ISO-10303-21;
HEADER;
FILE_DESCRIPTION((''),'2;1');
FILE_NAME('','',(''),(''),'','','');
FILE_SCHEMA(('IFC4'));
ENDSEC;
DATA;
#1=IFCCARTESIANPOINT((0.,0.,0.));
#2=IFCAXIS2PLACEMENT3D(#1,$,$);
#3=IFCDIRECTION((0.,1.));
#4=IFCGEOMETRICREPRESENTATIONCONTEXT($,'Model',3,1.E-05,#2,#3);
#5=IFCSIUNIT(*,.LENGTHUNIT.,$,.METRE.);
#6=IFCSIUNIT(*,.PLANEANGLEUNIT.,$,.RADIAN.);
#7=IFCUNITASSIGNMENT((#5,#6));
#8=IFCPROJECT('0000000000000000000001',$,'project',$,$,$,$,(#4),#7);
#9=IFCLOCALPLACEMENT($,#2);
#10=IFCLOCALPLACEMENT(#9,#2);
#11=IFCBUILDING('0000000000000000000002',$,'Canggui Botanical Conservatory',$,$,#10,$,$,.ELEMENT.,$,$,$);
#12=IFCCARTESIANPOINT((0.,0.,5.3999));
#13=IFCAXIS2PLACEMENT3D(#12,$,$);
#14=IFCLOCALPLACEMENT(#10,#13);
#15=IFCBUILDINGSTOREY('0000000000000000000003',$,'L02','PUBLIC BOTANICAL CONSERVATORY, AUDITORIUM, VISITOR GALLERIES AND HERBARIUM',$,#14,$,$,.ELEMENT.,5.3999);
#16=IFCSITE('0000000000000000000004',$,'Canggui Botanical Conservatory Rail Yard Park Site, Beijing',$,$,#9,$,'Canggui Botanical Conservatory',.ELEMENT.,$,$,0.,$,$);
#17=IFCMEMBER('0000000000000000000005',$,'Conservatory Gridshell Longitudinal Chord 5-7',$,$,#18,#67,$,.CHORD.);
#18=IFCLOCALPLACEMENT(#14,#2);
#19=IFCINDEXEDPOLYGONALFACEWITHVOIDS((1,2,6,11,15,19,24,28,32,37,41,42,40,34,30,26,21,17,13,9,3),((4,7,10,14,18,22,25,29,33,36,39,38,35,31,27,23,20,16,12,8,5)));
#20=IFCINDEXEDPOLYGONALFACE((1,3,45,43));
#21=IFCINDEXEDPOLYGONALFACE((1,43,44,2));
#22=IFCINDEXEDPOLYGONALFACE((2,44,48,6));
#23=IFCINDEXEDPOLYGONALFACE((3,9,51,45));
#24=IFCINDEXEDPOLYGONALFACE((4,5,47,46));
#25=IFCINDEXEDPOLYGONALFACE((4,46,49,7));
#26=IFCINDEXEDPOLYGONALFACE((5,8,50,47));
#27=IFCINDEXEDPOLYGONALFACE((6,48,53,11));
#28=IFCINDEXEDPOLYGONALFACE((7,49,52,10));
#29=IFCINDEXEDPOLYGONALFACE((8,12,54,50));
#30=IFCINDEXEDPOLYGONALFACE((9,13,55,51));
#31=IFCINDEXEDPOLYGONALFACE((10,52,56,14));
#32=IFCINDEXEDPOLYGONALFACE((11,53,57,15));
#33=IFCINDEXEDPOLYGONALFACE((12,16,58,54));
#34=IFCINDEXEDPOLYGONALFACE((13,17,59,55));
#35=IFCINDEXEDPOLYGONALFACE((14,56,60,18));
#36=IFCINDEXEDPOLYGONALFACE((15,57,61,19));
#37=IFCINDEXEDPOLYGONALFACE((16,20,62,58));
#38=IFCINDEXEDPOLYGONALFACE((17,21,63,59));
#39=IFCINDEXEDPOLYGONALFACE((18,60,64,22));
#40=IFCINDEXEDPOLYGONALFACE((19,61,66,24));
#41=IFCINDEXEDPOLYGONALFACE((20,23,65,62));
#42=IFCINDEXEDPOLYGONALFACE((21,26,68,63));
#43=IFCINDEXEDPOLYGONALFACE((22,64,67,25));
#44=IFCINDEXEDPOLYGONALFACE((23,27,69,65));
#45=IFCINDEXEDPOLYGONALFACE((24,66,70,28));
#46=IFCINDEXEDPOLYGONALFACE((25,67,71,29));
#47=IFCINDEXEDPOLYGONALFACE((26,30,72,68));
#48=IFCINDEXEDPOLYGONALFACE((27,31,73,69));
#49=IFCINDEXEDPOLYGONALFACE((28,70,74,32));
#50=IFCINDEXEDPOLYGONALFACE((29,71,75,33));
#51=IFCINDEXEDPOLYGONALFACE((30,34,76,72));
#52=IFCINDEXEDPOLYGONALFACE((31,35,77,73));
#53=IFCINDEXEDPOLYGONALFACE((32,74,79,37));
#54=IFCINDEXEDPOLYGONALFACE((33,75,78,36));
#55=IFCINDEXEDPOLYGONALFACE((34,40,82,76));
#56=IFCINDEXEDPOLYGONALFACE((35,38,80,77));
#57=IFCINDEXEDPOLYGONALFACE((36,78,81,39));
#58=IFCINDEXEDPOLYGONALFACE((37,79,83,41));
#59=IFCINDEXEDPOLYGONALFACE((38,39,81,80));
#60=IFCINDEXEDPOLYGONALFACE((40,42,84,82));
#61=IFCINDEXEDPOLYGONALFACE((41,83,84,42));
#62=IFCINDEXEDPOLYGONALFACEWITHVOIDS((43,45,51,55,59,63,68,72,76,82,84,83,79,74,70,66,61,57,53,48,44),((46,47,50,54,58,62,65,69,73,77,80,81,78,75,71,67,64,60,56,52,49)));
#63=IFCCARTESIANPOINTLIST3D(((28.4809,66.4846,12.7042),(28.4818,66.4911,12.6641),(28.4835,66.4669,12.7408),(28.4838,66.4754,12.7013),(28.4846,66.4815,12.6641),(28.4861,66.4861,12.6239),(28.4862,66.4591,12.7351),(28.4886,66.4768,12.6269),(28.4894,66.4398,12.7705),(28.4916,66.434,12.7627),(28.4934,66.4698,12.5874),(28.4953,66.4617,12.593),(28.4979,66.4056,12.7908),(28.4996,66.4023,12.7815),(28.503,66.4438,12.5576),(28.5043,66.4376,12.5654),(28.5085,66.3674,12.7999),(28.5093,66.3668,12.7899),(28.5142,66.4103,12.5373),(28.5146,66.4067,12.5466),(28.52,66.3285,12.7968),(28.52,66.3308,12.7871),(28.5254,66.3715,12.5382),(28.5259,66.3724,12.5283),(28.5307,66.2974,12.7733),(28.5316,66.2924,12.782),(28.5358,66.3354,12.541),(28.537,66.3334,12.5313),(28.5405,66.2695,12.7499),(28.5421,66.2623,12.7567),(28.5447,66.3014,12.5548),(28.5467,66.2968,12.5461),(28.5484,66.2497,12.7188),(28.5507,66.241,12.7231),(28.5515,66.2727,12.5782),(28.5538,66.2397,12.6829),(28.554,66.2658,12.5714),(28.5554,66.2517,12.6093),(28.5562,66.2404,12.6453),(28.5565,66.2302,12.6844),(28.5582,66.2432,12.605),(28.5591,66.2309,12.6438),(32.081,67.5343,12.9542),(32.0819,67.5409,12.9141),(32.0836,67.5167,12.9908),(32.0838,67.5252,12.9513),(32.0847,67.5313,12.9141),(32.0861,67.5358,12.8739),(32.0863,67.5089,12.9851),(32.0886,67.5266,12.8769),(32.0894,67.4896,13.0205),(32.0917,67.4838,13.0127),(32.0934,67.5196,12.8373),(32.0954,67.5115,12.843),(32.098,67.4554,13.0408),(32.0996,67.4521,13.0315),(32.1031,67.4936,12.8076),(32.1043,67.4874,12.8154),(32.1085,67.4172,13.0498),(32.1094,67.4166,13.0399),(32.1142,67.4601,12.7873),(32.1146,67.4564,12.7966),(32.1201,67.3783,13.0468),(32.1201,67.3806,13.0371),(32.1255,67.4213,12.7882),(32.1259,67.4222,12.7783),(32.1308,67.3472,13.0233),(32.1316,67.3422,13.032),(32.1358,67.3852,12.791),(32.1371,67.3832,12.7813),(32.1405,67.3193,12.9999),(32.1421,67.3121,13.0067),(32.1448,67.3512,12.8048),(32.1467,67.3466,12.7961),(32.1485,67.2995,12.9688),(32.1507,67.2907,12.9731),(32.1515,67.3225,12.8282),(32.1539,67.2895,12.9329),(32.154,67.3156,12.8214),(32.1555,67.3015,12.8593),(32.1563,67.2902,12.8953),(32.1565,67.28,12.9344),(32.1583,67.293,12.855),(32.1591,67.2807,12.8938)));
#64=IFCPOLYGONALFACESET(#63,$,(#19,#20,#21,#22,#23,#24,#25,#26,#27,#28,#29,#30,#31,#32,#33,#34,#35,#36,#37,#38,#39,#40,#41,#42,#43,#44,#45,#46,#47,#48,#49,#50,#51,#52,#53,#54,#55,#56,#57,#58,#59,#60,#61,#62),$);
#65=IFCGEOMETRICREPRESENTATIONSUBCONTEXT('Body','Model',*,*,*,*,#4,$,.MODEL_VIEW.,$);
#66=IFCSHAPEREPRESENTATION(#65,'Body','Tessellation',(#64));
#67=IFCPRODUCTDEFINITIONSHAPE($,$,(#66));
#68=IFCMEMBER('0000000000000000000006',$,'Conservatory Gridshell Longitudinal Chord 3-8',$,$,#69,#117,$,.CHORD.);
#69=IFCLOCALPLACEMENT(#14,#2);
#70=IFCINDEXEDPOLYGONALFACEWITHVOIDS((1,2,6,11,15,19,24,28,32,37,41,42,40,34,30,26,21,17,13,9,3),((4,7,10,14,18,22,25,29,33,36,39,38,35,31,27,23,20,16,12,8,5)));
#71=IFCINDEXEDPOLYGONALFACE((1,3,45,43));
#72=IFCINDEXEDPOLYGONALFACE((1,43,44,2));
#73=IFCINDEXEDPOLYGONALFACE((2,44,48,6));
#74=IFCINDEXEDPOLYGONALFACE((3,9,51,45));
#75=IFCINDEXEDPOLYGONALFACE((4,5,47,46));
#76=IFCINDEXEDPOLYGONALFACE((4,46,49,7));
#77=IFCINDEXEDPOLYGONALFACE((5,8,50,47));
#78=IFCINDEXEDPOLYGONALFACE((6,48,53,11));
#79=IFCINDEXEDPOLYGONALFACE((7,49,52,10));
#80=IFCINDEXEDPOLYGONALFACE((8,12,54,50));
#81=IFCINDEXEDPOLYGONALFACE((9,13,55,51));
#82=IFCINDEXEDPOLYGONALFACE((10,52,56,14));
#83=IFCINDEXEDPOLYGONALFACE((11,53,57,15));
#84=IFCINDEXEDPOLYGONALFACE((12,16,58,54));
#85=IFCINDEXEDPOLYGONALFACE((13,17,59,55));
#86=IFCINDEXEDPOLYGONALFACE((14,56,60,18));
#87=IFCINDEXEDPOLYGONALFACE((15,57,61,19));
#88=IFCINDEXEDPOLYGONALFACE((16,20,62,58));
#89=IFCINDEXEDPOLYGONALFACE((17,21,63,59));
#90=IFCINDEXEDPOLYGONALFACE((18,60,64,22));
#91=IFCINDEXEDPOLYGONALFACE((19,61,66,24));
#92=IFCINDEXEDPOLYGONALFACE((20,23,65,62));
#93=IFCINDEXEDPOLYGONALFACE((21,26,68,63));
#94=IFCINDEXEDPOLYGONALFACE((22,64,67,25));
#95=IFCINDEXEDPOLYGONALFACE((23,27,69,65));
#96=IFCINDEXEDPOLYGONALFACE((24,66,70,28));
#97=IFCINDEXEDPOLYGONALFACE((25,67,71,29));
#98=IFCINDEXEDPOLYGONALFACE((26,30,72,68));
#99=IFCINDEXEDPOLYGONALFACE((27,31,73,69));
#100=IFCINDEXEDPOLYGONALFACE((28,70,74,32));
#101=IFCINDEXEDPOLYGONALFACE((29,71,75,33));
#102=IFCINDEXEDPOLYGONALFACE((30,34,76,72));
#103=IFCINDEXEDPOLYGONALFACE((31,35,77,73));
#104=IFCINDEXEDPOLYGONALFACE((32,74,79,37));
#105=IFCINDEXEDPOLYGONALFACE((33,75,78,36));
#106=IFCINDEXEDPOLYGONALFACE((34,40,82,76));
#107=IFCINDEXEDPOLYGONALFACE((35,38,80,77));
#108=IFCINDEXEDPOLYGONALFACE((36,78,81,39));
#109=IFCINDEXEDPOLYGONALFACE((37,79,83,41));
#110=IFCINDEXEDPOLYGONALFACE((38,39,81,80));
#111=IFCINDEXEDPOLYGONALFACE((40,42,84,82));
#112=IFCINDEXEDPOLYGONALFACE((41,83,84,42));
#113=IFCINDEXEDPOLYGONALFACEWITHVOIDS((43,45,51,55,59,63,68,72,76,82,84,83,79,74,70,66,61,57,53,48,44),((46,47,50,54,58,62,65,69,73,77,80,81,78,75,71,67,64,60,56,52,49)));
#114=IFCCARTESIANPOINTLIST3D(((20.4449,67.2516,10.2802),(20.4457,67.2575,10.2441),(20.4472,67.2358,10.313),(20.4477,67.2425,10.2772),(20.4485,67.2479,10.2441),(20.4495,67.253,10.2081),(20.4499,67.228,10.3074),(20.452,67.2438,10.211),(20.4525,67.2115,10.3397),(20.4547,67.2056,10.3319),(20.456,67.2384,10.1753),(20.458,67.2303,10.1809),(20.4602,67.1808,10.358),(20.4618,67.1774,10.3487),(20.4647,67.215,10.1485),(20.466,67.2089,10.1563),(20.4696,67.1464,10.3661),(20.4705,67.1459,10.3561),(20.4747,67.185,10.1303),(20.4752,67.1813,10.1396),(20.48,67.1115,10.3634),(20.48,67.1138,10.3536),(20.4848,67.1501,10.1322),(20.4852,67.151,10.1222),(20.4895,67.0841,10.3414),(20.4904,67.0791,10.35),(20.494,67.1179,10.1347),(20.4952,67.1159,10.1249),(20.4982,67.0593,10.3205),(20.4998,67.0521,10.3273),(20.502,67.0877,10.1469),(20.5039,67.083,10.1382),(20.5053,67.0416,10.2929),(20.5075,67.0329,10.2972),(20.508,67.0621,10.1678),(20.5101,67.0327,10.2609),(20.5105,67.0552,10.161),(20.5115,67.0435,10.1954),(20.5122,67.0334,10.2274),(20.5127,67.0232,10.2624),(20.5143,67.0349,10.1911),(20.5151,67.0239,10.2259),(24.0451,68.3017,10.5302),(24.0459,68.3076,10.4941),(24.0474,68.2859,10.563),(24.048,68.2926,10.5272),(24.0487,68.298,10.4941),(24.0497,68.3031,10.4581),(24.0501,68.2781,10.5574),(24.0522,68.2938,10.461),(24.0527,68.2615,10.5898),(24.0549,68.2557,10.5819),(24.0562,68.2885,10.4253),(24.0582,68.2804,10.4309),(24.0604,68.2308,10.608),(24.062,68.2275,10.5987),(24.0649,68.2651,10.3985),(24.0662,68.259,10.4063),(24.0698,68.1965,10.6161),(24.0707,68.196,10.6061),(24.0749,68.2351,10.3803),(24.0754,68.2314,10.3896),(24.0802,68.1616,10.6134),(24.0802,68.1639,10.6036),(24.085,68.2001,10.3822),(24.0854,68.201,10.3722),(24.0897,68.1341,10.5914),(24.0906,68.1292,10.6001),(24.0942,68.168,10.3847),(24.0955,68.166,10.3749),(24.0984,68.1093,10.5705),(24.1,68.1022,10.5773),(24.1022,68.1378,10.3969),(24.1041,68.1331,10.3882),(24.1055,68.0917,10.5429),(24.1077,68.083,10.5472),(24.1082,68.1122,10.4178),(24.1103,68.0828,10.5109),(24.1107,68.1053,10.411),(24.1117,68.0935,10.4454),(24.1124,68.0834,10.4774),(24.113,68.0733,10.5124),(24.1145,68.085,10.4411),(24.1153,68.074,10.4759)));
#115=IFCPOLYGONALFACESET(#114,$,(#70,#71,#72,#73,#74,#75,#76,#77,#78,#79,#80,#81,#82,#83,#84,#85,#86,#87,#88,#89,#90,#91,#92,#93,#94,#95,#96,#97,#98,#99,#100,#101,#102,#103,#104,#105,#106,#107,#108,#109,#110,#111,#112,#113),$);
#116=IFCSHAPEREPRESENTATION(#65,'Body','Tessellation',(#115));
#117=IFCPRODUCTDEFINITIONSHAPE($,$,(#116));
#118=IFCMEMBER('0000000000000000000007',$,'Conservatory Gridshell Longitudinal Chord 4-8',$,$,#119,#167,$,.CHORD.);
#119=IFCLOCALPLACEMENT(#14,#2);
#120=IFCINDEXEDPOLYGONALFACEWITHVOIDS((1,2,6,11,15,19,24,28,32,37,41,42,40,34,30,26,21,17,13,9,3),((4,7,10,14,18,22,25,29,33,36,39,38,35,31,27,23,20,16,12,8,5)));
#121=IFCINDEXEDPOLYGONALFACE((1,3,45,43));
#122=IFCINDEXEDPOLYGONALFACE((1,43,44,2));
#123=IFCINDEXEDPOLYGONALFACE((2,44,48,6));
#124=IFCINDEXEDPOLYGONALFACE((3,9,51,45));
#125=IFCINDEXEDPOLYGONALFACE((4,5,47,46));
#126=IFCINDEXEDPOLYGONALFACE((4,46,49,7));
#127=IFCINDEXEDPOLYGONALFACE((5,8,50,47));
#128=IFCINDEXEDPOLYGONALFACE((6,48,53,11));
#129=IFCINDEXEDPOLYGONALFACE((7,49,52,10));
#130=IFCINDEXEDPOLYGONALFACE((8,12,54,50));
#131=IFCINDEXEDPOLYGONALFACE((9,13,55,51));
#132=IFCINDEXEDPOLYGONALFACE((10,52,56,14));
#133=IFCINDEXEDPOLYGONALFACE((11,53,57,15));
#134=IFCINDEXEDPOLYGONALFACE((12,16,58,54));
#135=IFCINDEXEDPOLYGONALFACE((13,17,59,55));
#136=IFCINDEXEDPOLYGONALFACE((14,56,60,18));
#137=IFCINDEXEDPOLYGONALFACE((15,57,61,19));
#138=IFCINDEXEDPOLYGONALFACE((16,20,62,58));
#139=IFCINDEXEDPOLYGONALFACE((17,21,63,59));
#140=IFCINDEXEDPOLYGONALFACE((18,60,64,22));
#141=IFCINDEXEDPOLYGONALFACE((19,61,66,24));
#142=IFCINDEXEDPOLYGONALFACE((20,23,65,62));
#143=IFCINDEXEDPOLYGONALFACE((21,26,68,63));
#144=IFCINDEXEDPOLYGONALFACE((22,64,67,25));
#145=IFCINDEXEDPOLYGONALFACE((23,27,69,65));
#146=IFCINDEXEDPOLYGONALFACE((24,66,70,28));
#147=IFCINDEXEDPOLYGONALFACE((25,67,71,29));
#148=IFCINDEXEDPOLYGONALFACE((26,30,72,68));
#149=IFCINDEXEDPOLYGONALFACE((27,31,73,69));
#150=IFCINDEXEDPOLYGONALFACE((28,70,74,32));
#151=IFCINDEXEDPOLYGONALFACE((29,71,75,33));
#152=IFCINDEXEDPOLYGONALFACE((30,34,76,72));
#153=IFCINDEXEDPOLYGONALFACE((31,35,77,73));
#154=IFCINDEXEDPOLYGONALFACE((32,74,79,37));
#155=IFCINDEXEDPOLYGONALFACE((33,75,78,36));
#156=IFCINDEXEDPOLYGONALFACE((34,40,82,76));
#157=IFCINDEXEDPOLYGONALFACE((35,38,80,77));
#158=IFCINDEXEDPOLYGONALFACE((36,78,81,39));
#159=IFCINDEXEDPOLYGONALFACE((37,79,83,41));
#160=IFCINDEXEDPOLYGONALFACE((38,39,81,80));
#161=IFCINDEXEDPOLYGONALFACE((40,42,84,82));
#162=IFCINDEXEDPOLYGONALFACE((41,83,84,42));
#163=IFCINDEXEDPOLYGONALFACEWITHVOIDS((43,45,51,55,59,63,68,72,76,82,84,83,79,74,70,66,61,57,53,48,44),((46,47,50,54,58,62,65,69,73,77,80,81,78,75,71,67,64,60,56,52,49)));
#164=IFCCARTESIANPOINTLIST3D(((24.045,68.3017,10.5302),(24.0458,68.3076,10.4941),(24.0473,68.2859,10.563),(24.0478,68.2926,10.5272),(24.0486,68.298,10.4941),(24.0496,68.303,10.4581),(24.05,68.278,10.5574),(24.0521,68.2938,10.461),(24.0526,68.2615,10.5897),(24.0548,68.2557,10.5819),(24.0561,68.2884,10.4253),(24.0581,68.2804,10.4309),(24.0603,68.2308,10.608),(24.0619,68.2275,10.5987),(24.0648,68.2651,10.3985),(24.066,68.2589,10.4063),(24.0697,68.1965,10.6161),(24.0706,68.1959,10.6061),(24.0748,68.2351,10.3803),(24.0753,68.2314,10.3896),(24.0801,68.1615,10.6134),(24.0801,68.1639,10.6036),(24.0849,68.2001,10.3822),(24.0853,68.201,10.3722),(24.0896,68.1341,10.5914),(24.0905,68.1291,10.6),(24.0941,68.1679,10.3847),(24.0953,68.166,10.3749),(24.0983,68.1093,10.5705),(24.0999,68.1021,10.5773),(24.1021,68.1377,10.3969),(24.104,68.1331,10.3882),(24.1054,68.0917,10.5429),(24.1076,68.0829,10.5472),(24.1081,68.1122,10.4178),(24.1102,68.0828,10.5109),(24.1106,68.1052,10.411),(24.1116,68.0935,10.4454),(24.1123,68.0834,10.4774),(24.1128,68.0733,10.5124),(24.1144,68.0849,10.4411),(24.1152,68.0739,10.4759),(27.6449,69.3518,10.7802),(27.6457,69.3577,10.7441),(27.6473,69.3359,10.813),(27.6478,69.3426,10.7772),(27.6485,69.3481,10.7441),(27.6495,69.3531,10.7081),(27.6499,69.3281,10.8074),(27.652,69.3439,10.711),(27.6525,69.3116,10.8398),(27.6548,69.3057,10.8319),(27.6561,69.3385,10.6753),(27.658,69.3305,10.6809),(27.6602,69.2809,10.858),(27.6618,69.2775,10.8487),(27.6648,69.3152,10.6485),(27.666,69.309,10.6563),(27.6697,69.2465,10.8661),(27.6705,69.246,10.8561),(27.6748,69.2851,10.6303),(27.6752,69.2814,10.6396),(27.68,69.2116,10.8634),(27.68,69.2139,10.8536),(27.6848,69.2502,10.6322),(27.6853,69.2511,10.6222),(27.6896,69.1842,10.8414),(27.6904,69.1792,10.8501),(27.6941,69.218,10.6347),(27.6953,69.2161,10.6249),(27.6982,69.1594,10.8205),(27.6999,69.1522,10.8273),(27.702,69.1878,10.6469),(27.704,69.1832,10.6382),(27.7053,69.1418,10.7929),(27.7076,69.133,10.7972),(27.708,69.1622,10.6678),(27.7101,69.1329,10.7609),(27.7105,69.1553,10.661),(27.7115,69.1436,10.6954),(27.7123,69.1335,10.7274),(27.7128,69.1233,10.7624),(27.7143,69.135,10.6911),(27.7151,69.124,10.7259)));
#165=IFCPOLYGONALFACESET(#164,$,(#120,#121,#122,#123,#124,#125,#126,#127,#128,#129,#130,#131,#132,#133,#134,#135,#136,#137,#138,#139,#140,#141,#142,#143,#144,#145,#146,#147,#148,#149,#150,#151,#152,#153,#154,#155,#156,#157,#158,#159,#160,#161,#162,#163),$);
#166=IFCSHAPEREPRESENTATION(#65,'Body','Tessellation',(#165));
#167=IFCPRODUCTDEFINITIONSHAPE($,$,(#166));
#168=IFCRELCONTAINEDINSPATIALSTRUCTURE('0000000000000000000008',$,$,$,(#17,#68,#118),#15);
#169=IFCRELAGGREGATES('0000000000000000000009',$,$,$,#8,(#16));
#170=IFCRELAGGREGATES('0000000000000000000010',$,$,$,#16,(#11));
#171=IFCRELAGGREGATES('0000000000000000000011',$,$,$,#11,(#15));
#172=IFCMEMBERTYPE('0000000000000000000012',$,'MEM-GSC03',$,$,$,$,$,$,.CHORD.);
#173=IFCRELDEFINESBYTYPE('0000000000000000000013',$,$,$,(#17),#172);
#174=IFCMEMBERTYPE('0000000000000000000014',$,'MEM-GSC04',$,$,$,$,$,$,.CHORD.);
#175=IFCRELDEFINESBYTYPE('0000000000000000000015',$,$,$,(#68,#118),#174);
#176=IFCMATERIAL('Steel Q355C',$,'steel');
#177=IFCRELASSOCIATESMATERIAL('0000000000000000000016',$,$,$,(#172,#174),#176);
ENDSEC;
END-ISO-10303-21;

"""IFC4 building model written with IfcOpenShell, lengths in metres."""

from ifc_helpers import new_model, si_unit, direction, frame, origin, origin_2d, place, context, subcontext, project, spatial, hollow_circle, extrude, material, material_profile, profile_set, type_object, element, save


model = new_model("IFC4")

# Units and contexts
model_context = context("Model", 3, precision=1e-05, world=origin(), true_north=direction((0.0, 1.0)))
body_context = subcontext(model_context, "Body", "Model", "MODEL_VIEW")
ifc_project = project(units=[si_unit("LENGTHUNIT", "METRE"), si_unit("PLANEANGLEUNIT", "RADIAN")], contexts=[model_context])

# Site, building, storey
site_placement = place(None, origin())
site = spatial("IfcSite", under=ifc_project, at=site_placement, Name="Canggui Botanical Conservatory Rail Yard Park Site, Beijing", LongName="Canggui Botanical Conservatory", CompositionType="ELEMENT", RefElevation=0.0)
building_placement = place(site_placement, origin())
building = spatial("IfcBuilding", under=site, at=building_placement, Name="Canggui Botanical Conservatory", CompositionType="ELEMENT")
storey_placement = place(building_placement, frame((0.0, 0.0, 5.3999)))
storey = spatial("IfcBuildingStorey", under=building, at=storey_placement, Name="L02", Description="PUBLIC BOTANICAL CONSERVATORY, AUDITORIUM, VISITOR GALLERIES AND HERBARIUM", CompositionType="ELEMENT", Elevation=5.3999)

# Shared definitions
ifc_material_1 = material(Name="Steel Q355C", Category="steel")

# Members
ifc_material_profile_1 = material_profile(ifc_material_1, hollow_circle(Radius=0.1365, WallThickness=0.01, at=origin_2d()), Name="CHS 273x10")
ifc_profile_set_1 = profile_set([ifc_material_profile_1], Name="Steel Q355C")
member_type_1 = type_object("IfcMemberType", Name="MEM-GSC03", PredefinedType="CHORD", material=ifc_profile_set_1)
member_1_placement = place(storey_placement, frame((28.52, 66.3601, 12.6641), z_axis=(0.95789, 0.279325, 0.066518), x_axis=(-0.279945, 0.960016, 0.0)))
element("IfcMember", 1, at=member_1_placement, inside=storey, type_object=member_type_1, Name="Conservatory Gridshell Longitudinal Chord 5-7", PredefinedType="CHORD", context=body_context, shape_type="SweptSolid", body=[
    extrude(hollow_circle(Radius=0.1365, WallThickness=0.01, at=origin_2d()), origin(), (0.0, 0.0, 1.0), 3.7583),
])
ifc_material_profile_2 = material_profile(ifc_material_1, hollow_circle(Radius=0.1226, WallThickness=0.01, at=origin_2d()), Name="CHS 245x10")
ifc_profile_set_2 = profile_set([ifc_material_profile_2], Name="Steel Q355C")
member_type_2 = type_object("IfcMemberType", Name="MEM-GSC04", PredefinedType="CHORD", material=ifc_profile_set_2)
member_2_placement = place(storey_placement, frame((20.48, 67.1399, 10.2441), z_axis=(0.957872, 0.279385, 0.066517), x_axis=(-0.280005, 0.959999, 0.0)))
element("IfcMember", 2, at=member_2_placement, inside=storey, type_object=member_type_2, Name="Conservatory Gridshell Longitudinal Chord 3-8", PredefinedType="CHORD", context=body_context, shape_type="SweptSolid", body=[
    extrude(hollow_circle(Radius=0.1226, WallThickness=0.01, at=origin_2d()), origin(), (0.0, 0.0, 1.0), 3.7585),
])
member_3_placement = place(storey_placement, frame((24.0801, 68.1899, 10.4941), z_axis=(0.957867, 0.279402, 0.066521), x_axis=(-0.280023, 0.959993, 0.0)))
element("IfcMember", 3, at=member_3_placement, inside=storey, type_object=member_type_2, Name="Conservatory Gridshell Longitudinal Chord 4-8", PredefinedType="CHORD", context=body_context, shape_type="SweptSolid", body=[
    extrude(hollow_circle(Radius=0.1226, WallThickness=0.01, at=origin_2d()), origin(), (0.0, 0.0, 1.0), 3.7583),
])

save(model, "model.ifc")
